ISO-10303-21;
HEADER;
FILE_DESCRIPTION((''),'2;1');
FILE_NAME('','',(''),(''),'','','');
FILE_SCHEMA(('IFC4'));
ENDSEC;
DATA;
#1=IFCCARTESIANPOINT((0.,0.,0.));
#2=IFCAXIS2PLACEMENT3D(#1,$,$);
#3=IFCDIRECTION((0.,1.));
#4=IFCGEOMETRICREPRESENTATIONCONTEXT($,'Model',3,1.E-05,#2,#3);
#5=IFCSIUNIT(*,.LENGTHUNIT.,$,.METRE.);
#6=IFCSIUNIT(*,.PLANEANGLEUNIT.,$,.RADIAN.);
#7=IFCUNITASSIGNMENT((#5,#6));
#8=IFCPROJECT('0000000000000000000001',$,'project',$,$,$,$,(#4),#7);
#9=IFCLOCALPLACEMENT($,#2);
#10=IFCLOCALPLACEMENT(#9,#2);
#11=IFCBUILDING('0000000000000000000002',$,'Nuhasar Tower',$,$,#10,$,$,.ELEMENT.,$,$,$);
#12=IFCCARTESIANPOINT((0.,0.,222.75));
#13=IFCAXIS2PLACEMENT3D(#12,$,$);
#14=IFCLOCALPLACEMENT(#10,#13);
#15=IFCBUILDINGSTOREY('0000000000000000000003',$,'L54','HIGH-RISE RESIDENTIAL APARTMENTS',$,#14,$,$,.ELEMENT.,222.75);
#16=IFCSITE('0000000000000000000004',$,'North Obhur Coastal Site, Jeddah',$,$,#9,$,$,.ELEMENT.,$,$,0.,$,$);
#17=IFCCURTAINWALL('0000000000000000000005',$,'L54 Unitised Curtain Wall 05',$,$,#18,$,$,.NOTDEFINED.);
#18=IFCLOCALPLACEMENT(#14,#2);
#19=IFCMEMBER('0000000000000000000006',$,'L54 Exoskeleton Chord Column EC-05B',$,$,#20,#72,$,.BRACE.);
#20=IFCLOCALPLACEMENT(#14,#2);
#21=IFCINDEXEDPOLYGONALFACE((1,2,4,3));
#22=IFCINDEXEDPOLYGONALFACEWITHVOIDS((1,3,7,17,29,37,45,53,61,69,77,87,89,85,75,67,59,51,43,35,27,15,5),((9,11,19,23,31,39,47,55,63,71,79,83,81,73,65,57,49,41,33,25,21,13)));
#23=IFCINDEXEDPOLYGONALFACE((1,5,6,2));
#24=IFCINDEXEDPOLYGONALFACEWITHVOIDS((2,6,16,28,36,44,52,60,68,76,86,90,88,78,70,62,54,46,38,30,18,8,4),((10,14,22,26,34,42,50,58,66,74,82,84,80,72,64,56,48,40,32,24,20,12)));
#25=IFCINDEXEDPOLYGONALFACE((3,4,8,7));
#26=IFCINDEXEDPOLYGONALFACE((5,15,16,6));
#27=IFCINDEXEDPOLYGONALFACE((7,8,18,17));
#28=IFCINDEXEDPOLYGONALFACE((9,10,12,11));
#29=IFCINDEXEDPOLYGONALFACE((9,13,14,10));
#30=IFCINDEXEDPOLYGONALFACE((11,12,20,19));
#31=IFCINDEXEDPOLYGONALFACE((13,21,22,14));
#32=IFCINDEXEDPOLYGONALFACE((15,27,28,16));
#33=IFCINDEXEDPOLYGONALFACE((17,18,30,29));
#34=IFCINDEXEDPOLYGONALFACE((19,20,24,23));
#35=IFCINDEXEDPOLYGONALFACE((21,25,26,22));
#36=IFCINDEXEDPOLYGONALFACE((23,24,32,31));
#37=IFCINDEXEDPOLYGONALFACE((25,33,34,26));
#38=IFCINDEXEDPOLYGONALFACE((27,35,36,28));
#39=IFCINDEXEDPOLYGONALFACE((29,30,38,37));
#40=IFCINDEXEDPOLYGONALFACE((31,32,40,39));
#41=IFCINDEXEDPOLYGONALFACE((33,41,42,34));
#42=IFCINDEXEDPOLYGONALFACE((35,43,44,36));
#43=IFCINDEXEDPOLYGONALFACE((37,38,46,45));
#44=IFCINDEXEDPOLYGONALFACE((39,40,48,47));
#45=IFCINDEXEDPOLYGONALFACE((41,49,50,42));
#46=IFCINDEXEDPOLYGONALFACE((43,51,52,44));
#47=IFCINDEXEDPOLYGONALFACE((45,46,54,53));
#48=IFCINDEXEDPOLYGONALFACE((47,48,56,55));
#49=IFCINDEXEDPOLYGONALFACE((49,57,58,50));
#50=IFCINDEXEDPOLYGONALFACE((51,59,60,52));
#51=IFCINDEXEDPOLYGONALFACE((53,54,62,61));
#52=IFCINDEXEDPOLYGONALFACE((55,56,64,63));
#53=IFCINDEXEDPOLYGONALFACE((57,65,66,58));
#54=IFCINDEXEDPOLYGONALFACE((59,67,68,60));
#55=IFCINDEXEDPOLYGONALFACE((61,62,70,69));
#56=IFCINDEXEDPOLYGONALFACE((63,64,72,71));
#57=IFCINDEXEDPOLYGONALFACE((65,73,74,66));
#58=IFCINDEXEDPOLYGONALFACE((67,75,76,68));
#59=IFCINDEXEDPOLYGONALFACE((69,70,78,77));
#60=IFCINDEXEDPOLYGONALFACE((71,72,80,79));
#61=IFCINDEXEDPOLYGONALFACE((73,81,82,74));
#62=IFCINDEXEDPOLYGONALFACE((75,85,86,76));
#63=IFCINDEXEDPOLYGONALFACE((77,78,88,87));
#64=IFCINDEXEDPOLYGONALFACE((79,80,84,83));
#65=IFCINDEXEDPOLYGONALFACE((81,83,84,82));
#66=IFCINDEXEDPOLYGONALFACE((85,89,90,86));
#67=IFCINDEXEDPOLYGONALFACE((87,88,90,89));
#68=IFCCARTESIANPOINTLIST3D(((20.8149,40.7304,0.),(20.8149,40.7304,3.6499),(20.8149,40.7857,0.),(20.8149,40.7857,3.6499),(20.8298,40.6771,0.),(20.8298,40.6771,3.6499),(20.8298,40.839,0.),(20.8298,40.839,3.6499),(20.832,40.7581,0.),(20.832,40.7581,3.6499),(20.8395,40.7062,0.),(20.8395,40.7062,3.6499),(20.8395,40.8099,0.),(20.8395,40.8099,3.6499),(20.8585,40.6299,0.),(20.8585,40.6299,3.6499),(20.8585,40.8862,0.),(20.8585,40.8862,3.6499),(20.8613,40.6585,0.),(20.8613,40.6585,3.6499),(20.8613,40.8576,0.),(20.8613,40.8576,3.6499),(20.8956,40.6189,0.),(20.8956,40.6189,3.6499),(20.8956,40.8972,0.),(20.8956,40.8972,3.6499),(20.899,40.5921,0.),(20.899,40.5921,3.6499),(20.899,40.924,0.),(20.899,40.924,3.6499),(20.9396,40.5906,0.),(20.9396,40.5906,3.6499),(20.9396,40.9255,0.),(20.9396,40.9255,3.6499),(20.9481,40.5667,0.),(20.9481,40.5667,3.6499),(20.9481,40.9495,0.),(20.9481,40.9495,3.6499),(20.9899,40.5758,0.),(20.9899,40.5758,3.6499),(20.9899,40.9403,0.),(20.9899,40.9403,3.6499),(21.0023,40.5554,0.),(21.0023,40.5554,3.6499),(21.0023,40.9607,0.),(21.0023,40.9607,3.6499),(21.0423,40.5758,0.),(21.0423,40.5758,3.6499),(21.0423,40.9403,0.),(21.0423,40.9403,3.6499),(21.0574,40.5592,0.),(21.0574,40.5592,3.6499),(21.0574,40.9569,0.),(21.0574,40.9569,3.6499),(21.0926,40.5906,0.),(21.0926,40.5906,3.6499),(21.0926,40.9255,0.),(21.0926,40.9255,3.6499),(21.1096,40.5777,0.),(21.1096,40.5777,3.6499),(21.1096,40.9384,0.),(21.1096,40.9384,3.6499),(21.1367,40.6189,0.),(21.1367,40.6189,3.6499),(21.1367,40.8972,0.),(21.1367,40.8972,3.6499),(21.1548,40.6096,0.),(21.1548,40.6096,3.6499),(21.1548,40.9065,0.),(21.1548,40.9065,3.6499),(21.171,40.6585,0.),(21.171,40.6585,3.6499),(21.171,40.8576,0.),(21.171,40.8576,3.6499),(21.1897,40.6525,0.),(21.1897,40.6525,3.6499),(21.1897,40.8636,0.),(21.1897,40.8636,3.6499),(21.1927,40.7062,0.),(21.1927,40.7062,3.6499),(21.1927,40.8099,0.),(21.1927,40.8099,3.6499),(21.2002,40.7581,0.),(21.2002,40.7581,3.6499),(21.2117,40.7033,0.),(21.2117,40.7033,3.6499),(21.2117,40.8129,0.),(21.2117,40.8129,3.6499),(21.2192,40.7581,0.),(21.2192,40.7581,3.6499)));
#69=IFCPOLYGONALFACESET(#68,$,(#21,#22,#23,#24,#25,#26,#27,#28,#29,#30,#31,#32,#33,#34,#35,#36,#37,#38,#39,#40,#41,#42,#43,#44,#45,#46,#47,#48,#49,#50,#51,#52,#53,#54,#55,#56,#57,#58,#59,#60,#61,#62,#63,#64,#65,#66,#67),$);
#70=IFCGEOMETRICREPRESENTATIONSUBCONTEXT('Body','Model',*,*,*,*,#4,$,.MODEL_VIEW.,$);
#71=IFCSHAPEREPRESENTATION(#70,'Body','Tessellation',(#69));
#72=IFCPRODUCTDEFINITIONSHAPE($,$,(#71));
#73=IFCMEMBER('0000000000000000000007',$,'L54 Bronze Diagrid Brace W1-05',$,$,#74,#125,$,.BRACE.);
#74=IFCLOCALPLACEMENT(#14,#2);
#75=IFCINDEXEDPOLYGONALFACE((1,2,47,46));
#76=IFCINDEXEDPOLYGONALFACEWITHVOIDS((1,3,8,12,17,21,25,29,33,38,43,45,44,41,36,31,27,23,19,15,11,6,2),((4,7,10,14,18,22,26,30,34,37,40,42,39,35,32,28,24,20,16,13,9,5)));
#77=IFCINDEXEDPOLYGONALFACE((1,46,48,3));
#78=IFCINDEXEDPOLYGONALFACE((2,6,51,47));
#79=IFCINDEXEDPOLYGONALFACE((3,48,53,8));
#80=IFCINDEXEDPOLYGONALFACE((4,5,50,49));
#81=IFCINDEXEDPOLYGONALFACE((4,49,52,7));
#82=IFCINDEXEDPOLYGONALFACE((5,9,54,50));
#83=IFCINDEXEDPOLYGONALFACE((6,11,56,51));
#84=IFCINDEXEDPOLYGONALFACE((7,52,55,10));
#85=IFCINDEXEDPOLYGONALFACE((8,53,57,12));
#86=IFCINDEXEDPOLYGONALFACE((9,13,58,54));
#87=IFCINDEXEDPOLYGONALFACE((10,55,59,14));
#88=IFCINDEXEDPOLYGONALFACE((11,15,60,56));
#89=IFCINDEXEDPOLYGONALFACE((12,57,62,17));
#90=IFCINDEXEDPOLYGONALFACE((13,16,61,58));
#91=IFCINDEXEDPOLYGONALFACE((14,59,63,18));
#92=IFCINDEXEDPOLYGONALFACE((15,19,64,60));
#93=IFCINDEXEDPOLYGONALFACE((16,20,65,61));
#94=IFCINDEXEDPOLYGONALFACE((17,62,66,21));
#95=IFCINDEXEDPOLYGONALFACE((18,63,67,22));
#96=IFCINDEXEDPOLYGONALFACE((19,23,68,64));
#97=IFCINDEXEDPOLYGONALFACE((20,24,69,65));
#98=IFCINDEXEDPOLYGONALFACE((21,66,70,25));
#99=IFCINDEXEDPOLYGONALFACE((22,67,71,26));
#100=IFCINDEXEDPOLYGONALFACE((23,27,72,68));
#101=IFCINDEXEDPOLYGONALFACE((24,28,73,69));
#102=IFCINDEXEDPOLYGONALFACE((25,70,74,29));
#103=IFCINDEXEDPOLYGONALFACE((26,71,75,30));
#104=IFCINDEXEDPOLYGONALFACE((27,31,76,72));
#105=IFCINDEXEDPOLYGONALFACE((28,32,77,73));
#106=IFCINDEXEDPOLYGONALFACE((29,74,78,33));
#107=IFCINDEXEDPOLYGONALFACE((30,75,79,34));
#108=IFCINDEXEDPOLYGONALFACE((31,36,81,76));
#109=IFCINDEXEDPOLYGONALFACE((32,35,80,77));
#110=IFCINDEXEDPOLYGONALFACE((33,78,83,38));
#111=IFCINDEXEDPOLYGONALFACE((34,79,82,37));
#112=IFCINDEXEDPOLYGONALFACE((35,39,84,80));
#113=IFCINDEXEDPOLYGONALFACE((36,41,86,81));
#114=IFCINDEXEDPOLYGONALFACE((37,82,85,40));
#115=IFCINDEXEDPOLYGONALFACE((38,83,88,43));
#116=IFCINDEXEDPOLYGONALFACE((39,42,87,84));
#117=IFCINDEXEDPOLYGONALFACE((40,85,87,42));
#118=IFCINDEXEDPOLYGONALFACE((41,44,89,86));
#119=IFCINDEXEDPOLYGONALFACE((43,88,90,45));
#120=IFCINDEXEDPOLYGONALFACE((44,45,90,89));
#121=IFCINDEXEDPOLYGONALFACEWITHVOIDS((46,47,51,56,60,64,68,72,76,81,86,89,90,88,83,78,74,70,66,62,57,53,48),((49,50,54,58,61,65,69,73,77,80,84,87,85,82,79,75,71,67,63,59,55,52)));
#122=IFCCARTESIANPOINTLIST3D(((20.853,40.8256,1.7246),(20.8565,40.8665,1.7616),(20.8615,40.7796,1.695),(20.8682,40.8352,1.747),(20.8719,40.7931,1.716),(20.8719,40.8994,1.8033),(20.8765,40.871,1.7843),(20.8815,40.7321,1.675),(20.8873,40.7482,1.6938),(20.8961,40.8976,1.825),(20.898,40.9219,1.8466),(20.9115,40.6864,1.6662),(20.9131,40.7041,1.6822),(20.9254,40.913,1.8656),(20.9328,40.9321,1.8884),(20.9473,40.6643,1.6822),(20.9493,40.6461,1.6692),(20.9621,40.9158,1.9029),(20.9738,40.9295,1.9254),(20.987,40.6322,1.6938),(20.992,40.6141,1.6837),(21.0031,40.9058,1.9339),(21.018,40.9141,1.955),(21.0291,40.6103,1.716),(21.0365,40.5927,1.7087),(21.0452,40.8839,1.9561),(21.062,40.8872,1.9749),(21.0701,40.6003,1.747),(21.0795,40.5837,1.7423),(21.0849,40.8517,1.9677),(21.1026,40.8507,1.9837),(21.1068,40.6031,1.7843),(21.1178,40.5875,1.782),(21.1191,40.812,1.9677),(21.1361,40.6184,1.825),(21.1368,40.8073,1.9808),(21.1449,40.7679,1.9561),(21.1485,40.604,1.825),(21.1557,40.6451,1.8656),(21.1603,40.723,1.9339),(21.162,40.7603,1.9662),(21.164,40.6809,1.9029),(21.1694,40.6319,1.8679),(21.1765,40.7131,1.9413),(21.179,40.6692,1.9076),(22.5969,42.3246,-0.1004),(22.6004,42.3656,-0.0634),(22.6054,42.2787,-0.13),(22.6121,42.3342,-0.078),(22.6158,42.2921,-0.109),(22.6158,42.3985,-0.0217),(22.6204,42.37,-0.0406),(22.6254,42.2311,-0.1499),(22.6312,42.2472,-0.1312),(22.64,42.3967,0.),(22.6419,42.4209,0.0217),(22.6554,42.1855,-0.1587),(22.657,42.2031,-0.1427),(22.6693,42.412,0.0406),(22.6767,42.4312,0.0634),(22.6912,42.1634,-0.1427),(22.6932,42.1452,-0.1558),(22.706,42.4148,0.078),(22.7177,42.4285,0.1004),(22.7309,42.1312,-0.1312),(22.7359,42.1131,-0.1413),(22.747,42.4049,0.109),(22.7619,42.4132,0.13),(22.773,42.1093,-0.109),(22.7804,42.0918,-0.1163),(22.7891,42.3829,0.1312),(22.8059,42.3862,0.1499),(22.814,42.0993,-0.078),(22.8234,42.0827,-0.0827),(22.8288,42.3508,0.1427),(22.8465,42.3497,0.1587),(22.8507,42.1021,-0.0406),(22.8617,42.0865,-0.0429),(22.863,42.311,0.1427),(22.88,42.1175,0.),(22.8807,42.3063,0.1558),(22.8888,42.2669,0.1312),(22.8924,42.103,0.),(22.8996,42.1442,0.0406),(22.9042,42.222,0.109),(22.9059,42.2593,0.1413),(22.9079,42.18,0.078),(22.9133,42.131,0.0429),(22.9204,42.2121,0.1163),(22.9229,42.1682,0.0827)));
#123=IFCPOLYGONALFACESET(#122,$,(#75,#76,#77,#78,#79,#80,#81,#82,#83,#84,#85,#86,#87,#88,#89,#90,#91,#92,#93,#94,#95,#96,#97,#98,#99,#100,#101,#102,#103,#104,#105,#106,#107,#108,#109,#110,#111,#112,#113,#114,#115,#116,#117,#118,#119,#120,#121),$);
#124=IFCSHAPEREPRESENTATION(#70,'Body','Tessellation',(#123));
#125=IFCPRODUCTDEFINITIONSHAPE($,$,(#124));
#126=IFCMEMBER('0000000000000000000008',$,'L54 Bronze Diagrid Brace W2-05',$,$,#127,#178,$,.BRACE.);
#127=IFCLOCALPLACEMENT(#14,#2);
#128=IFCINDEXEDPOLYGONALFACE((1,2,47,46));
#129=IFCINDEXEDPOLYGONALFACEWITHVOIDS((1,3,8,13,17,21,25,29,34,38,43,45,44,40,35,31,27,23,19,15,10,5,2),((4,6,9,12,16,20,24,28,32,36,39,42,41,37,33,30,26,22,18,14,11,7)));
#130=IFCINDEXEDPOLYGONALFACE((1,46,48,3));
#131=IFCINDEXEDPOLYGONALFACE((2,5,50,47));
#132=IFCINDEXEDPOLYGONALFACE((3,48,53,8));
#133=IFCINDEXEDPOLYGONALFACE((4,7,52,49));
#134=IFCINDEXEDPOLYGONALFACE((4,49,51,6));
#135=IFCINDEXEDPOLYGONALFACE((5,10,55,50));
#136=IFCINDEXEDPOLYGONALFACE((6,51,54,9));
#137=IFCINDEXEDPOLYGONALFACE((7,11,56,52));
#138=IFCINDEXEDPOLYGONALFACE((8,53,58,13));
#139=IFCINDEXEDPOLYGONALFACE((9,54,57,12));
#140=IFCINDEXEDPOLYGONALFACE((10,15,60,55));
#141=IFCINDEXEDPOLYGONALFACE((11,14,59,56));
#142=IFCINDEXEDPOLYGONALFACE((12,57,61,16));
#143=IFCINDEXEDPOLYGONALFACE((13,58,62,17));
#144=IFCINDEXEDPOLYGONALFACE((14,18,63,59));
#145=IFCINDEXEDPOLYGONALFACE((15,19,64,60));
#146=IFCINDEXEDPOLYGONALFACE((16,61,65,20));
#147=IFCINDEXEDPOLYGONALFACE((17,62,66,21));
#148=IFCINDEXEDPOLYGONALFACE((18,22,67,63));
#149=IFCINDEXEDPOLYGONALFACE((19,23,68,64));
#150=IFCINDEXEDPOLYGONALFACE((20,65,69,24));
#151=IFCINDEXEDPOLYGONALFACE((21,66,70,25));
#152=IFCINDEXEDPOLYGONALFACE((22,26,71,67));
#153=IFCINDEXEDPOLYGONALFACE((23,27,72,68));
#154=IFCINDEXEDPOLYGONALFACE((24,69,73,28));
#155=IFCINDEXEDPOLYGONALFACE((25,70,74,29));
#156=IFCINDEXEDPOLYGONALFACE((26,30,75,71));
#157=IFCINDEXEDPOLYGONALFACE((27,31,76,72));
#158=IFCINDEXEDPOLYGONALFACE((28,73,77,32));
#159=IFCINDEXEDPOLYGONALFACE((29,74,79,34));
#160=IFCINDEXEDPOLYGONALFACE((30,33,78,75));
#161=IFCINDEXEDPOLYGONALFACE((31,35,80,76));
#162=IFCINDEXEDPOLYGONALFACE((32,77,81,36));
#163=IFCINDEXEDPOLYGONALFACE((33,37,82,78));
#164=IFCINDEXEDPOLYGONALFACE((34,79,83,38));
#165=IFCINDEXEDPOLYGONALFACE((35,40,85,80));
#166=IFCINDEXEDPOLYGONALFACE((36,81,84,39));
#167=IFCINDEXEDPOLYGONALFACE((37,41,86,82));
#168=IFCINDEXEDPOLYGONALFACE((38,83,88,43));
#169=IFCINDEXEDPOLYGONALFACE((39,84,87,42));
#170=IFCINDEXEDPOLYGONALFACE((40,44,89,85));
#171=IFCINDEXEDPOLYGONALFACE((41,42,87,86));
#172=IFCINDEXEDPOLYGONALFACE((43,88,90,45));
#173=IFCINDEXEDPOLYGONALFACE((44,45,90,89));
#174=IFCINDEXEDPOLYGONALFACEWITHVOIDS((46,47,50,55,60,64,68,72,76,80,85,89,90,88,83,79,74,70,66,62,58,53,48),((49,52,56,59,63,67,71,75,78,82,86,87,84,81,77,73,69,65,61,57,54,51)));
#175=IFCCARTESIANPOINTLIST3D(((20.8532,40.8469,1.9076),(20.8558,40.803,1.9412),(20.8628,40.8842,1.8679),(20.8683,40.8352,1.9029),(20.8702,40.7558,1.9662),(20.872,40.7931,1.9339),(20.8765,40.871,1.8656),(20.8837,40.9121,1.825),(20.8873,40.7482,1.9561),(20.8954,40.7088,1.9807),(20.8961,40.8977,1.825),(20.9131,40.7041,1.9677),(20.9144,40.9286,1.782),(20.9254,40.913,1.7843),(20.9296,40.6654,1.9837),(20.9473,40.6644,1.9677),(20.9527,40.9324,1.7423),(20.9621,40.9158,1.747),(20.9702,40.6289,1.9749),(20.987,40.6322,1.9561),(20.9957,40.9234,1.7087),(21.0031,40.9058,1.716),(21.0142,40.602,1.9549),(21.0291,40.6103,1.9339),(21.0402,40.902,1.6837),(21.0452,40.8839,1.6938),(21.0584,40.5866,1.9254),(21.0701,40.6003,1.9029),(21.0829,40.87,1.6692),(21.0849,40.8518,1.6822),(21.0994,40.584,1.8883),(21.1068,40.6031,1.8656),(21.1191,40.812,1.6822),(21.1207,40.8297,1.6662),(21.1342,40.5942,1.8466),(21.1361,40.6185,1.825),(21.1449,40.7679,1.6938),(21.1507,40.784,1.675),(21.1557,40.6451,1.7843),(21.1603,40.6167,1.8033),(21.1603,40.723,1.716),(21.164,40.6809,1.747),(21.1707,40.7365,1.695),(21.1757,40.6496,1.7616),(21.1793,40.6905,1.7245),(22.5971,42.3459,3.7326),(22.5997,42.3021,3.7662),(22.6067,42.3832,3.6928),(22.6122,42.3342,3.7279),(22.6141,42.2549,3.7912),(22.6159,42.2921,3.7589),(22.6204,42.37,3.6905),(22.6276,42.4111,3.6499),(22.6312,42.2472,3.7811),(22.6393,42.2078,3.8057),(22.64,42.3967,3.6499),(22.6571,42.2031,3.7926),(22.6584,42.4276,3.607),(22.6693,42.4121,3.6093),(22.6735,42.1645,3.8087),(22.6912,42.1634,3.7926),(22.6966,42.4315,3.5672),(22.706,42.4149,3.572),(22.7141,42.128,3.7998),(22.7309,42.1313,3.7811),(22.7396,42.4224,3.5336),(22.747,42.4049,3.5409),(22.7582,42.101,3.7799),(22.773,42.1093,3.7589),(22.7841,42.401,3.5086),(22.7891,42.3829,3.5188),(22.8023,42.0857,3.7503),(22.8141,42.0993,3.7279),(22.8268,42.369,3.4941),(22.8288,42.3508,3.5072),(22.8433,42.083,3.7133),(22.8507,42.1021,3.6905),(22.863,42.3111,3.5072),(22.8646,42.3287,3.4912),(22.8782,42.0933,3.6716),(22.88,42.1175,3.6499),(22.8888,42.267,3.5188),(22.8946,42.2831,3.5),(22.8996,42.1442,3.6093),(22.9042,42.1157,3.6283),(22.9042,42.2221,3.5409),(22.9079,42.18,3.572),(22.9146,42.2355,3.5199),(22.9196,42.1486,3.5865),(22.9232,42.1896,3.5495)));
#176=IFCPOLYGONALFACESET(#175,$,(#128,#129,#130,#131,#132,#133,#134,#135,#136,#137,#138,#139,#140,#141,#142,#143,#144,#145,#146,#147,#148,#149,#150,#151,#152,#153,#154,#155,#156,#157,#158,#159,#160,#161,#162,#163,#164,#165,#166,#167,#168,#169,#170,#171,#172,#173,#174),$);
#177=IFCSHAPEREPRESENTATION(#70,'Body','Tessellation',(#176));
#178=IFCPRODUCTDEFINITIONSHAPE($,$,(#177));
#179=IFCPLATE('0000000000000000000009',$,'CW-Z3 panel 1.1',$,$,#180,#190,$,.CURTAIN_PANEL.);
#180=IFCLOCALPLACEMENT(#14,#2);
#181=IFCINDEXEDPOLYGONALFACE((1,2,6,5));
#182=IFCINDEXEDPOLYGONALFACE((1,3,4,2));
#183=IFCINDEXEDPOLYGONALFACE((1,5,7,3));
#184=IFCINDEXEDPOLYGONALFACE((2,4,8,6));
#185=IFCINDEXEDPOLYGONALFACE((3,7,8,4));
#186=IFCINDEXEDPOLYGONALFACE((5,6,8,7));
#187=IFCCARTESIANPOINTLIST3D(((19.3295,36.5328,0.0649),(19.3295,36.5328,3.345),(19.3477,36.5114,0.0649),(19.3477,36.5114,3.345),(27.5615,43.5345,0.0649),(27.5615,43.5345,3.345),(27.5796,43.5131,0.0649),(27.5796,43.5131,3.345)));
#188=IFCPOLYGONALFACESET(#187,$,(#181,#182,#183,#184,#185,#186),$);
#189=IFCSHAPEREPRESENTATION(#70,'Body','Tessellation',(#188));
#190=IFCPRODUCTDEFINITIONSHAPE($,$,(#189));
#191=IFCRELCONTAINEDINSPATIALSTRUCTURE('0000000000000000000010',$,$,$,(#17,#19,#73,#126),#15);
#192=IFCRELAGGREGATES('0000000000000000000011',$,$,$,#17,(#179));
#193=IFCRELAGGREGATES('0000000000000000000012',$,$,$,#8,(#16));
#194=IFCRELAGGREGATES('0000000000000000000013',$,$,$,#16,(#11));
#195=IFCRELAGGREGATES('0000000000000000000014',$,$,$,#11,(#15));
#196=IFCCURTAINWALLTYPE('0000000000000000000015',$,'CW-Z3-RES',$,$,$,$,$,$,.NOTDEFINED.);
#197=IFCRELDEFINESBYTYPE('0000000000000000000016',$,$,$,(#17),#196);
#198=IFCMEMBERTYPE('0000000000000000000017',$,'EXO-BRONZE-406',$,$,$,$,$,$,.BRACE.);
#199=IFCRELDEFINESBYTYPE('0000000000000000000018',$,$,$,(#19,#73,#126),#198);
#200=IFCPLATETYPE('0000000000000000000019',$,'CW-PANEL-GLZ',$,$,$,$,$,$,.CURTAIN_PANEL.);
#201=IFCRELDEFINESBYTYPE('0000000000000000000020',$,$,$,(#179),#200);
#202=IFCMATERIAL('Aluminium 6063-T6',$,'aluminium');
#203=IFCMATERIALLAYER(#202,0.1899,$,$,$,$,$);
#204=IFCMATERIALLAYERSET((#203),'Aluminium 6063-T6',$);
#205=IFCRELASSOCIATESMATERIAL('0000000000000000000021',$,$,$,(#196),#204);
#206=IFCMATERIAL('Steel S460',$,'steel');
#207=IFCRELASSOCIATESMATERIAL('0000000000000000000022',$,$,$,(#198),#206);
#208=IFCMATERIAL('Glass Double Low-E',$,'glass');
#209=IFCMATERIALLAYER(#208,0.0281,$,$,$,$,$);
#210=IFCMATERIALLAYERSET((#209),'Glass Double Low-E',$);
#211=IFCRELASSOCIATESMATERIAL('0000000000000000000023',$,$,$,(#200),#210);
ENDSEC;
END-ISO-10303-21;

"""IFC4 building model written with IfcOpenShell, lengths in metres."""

from ifc_helpers import new_model, si_unit, direction, frame, origin, origin_2d, place, context, subcontext, project, spatial, rectangle, hollow_circle, extrude, material, layer, layer_set, material_profile, profile_set, type_object, element, aggregate, save


model = new_model("IFC4")

# Units and contexts
model_context = context("Model", 3, precision=1e-05, world=origin(), true_north=direction((0.0, 1.0)))
body_context = subcontext(model_context, "Body", "Model", "MODEL_VIEW")
ifc_project = project(units=[si_unit("LENGTHUNIT", "METRE"), si_unit("PLANEANGLEUNIT", "RADIAN")], contexts=[model_context])

# Site, building, storey
site_placement = place(None, origin())
site = spatial("IfcSite", under=ifc_project, at=site_placement, Name="North Obhur Coastal Site, Jeddah", CompositionType="ELEMENT", RefElevation=0.0)
building_placement = place(site_placement, origin())
building = spatial("IfcBuilding", under=site, at=building_placement, Name="Nuhasar Tower", CompositionType="ELEMENT")
storey_placement = place(building_placement, frame((0.0, 0.0, 222.75)))
storey = spatial("IfcBuildingStorey", under=building, at=storey_placement, Name="L54", Description="HIGH-RISE RESIDENTIAL APARTMENTS", CompositionType="ELEMENT", Elevation=222.75)

# Shared definitions
ifc_material_1 = material(Name="Aluminium 6063-T6", Category="aluminium")
ifc_layer_1 = layer(ifc_material_1, 0.1899)
ifc_layer_set_1 = layer_set([ifc_layer_1], Name="Aluminium 6063-T6")
curtain_wall_type = type_object("IfcCurtainWallType", Name="CW-Z3-RES", PredefinedType="NOTDEFINED", material=ifc_layer_set_1)

# Curtain wall
curtain_wall_1_placement = place(storey_placement, origin())
curtain_wall_1 = element("IfcCurtainWall", 1, at=curtain_wall_1_placement, inside=storey, type_object=curtain_wall_type, Name="L54 Unitised Curtain Wall 05", PredefinedType="NOTDEFINED")

# Members
ifc_material_2 = material(Name="Steel S460", Category="steel")
ifc_material_profile_1 = material_profile(ifc_material_2, hollow_circle(Radius=0.2031, WallThickness=0.019, at=origin_2d()), Name="HSS406.4X19.1")
ifc_profile_set_1 = profile_set([ifc_material_profile_1], Name="Steel S460")
member_type_1 = type_object("IfcMemberType", Name="EXO-BRONZE-406", PredefinedType="BRACE", material=ifc_profile_set_1)
for number, where, z_axis, x_axis, name in (
    (2, (21.0161, 40.7581, 0.0), (0.0, 0.0, 1.0), (1.0, 0.0, 0.0), "L54 Exoskeleton Chord Column EC-05B"),
):
    element("IfcMember", number, at=place(storey_placement, frame(where, z_axis=z_axis, x_axis=x_axis)), inside=storey, type_object=member_type_1, Name=name, PredefinedType="BRACE", context=body_context, shape_type="SweptSolid", body=[
        extrude(hollow_circle(Radius=0.2031, WallThickness=0.019, at=origin_2d()), origin(), (0.0, 0.0, 1.0), 3.6499),
    ])
for number, where, z_axis, x_axis, name in (
    (3, (22.76, 42.2571, 0.0), (-0.594019, -0.510608, 0.621628), (0.651857, -0.758342, 0.0), "L54 Bronze Diagrid Brace W1-05"),
    (4, (21.0161, 40.7581, 1.825), (0.594019, 0.510608, 0.621628), (-0.651857, 0.758342, 0.0), "L54 Bronze Diagrid Brace W2-05"),
):
    element("IfcMember", number, at=place(storey_placement, frame(where, z_axis=z_axis, x_axis=x_axis)), inside=storey, type_object=member_type_1, Name=name, PredefinedType="BRACE", context=body_context, shape_type="SweptSolid", body=[
        extrude(hollow_circle(Radius=0.2031, WallThickness=0.019, at=origin_2d()), origin(), (0.0, 0.0, 1.0), 2.9358),
    ])

# Plate
ifc_material_3 = material(Name="Glass Double Low-E", Category="glass")
ifc_layer_2 = layer(ifc_material_3, 0.0281)
ifc_layer_set_2 = layer_set([ifc_layer_2], Name="Glass Double Low-E")
plate_type = type_object("IfcPlateType", Name="CW-PANEL-GLZ", PredefinedType="CURTAIN_PANEL", material=ifc_layer_set_2)
plate_placement = place(storey_placement, frame((23.4546, 40.0229, 0.0649), z_axis=(0.0, 0.0, 1.0), x_axis=(-0.761729, -0.647895, 0.0)))
plate = element("IfcPlate", 5, at=plate_placement, type_object=plate_type, Name="CW-Z3 panel 1.1", PredefinedType="CURTAIN_PANEL", context=body_context, shape_type="SweptSolid", body=[
    extrude(rectangle(XDim=10.8069, YDim=0.0281, at=origin_2d()), origin(), (0.0, 0.0, 1.0), 3.28),
])
aggregate(curtain_wall_1, [plate])

save(model, "model.ifc")
